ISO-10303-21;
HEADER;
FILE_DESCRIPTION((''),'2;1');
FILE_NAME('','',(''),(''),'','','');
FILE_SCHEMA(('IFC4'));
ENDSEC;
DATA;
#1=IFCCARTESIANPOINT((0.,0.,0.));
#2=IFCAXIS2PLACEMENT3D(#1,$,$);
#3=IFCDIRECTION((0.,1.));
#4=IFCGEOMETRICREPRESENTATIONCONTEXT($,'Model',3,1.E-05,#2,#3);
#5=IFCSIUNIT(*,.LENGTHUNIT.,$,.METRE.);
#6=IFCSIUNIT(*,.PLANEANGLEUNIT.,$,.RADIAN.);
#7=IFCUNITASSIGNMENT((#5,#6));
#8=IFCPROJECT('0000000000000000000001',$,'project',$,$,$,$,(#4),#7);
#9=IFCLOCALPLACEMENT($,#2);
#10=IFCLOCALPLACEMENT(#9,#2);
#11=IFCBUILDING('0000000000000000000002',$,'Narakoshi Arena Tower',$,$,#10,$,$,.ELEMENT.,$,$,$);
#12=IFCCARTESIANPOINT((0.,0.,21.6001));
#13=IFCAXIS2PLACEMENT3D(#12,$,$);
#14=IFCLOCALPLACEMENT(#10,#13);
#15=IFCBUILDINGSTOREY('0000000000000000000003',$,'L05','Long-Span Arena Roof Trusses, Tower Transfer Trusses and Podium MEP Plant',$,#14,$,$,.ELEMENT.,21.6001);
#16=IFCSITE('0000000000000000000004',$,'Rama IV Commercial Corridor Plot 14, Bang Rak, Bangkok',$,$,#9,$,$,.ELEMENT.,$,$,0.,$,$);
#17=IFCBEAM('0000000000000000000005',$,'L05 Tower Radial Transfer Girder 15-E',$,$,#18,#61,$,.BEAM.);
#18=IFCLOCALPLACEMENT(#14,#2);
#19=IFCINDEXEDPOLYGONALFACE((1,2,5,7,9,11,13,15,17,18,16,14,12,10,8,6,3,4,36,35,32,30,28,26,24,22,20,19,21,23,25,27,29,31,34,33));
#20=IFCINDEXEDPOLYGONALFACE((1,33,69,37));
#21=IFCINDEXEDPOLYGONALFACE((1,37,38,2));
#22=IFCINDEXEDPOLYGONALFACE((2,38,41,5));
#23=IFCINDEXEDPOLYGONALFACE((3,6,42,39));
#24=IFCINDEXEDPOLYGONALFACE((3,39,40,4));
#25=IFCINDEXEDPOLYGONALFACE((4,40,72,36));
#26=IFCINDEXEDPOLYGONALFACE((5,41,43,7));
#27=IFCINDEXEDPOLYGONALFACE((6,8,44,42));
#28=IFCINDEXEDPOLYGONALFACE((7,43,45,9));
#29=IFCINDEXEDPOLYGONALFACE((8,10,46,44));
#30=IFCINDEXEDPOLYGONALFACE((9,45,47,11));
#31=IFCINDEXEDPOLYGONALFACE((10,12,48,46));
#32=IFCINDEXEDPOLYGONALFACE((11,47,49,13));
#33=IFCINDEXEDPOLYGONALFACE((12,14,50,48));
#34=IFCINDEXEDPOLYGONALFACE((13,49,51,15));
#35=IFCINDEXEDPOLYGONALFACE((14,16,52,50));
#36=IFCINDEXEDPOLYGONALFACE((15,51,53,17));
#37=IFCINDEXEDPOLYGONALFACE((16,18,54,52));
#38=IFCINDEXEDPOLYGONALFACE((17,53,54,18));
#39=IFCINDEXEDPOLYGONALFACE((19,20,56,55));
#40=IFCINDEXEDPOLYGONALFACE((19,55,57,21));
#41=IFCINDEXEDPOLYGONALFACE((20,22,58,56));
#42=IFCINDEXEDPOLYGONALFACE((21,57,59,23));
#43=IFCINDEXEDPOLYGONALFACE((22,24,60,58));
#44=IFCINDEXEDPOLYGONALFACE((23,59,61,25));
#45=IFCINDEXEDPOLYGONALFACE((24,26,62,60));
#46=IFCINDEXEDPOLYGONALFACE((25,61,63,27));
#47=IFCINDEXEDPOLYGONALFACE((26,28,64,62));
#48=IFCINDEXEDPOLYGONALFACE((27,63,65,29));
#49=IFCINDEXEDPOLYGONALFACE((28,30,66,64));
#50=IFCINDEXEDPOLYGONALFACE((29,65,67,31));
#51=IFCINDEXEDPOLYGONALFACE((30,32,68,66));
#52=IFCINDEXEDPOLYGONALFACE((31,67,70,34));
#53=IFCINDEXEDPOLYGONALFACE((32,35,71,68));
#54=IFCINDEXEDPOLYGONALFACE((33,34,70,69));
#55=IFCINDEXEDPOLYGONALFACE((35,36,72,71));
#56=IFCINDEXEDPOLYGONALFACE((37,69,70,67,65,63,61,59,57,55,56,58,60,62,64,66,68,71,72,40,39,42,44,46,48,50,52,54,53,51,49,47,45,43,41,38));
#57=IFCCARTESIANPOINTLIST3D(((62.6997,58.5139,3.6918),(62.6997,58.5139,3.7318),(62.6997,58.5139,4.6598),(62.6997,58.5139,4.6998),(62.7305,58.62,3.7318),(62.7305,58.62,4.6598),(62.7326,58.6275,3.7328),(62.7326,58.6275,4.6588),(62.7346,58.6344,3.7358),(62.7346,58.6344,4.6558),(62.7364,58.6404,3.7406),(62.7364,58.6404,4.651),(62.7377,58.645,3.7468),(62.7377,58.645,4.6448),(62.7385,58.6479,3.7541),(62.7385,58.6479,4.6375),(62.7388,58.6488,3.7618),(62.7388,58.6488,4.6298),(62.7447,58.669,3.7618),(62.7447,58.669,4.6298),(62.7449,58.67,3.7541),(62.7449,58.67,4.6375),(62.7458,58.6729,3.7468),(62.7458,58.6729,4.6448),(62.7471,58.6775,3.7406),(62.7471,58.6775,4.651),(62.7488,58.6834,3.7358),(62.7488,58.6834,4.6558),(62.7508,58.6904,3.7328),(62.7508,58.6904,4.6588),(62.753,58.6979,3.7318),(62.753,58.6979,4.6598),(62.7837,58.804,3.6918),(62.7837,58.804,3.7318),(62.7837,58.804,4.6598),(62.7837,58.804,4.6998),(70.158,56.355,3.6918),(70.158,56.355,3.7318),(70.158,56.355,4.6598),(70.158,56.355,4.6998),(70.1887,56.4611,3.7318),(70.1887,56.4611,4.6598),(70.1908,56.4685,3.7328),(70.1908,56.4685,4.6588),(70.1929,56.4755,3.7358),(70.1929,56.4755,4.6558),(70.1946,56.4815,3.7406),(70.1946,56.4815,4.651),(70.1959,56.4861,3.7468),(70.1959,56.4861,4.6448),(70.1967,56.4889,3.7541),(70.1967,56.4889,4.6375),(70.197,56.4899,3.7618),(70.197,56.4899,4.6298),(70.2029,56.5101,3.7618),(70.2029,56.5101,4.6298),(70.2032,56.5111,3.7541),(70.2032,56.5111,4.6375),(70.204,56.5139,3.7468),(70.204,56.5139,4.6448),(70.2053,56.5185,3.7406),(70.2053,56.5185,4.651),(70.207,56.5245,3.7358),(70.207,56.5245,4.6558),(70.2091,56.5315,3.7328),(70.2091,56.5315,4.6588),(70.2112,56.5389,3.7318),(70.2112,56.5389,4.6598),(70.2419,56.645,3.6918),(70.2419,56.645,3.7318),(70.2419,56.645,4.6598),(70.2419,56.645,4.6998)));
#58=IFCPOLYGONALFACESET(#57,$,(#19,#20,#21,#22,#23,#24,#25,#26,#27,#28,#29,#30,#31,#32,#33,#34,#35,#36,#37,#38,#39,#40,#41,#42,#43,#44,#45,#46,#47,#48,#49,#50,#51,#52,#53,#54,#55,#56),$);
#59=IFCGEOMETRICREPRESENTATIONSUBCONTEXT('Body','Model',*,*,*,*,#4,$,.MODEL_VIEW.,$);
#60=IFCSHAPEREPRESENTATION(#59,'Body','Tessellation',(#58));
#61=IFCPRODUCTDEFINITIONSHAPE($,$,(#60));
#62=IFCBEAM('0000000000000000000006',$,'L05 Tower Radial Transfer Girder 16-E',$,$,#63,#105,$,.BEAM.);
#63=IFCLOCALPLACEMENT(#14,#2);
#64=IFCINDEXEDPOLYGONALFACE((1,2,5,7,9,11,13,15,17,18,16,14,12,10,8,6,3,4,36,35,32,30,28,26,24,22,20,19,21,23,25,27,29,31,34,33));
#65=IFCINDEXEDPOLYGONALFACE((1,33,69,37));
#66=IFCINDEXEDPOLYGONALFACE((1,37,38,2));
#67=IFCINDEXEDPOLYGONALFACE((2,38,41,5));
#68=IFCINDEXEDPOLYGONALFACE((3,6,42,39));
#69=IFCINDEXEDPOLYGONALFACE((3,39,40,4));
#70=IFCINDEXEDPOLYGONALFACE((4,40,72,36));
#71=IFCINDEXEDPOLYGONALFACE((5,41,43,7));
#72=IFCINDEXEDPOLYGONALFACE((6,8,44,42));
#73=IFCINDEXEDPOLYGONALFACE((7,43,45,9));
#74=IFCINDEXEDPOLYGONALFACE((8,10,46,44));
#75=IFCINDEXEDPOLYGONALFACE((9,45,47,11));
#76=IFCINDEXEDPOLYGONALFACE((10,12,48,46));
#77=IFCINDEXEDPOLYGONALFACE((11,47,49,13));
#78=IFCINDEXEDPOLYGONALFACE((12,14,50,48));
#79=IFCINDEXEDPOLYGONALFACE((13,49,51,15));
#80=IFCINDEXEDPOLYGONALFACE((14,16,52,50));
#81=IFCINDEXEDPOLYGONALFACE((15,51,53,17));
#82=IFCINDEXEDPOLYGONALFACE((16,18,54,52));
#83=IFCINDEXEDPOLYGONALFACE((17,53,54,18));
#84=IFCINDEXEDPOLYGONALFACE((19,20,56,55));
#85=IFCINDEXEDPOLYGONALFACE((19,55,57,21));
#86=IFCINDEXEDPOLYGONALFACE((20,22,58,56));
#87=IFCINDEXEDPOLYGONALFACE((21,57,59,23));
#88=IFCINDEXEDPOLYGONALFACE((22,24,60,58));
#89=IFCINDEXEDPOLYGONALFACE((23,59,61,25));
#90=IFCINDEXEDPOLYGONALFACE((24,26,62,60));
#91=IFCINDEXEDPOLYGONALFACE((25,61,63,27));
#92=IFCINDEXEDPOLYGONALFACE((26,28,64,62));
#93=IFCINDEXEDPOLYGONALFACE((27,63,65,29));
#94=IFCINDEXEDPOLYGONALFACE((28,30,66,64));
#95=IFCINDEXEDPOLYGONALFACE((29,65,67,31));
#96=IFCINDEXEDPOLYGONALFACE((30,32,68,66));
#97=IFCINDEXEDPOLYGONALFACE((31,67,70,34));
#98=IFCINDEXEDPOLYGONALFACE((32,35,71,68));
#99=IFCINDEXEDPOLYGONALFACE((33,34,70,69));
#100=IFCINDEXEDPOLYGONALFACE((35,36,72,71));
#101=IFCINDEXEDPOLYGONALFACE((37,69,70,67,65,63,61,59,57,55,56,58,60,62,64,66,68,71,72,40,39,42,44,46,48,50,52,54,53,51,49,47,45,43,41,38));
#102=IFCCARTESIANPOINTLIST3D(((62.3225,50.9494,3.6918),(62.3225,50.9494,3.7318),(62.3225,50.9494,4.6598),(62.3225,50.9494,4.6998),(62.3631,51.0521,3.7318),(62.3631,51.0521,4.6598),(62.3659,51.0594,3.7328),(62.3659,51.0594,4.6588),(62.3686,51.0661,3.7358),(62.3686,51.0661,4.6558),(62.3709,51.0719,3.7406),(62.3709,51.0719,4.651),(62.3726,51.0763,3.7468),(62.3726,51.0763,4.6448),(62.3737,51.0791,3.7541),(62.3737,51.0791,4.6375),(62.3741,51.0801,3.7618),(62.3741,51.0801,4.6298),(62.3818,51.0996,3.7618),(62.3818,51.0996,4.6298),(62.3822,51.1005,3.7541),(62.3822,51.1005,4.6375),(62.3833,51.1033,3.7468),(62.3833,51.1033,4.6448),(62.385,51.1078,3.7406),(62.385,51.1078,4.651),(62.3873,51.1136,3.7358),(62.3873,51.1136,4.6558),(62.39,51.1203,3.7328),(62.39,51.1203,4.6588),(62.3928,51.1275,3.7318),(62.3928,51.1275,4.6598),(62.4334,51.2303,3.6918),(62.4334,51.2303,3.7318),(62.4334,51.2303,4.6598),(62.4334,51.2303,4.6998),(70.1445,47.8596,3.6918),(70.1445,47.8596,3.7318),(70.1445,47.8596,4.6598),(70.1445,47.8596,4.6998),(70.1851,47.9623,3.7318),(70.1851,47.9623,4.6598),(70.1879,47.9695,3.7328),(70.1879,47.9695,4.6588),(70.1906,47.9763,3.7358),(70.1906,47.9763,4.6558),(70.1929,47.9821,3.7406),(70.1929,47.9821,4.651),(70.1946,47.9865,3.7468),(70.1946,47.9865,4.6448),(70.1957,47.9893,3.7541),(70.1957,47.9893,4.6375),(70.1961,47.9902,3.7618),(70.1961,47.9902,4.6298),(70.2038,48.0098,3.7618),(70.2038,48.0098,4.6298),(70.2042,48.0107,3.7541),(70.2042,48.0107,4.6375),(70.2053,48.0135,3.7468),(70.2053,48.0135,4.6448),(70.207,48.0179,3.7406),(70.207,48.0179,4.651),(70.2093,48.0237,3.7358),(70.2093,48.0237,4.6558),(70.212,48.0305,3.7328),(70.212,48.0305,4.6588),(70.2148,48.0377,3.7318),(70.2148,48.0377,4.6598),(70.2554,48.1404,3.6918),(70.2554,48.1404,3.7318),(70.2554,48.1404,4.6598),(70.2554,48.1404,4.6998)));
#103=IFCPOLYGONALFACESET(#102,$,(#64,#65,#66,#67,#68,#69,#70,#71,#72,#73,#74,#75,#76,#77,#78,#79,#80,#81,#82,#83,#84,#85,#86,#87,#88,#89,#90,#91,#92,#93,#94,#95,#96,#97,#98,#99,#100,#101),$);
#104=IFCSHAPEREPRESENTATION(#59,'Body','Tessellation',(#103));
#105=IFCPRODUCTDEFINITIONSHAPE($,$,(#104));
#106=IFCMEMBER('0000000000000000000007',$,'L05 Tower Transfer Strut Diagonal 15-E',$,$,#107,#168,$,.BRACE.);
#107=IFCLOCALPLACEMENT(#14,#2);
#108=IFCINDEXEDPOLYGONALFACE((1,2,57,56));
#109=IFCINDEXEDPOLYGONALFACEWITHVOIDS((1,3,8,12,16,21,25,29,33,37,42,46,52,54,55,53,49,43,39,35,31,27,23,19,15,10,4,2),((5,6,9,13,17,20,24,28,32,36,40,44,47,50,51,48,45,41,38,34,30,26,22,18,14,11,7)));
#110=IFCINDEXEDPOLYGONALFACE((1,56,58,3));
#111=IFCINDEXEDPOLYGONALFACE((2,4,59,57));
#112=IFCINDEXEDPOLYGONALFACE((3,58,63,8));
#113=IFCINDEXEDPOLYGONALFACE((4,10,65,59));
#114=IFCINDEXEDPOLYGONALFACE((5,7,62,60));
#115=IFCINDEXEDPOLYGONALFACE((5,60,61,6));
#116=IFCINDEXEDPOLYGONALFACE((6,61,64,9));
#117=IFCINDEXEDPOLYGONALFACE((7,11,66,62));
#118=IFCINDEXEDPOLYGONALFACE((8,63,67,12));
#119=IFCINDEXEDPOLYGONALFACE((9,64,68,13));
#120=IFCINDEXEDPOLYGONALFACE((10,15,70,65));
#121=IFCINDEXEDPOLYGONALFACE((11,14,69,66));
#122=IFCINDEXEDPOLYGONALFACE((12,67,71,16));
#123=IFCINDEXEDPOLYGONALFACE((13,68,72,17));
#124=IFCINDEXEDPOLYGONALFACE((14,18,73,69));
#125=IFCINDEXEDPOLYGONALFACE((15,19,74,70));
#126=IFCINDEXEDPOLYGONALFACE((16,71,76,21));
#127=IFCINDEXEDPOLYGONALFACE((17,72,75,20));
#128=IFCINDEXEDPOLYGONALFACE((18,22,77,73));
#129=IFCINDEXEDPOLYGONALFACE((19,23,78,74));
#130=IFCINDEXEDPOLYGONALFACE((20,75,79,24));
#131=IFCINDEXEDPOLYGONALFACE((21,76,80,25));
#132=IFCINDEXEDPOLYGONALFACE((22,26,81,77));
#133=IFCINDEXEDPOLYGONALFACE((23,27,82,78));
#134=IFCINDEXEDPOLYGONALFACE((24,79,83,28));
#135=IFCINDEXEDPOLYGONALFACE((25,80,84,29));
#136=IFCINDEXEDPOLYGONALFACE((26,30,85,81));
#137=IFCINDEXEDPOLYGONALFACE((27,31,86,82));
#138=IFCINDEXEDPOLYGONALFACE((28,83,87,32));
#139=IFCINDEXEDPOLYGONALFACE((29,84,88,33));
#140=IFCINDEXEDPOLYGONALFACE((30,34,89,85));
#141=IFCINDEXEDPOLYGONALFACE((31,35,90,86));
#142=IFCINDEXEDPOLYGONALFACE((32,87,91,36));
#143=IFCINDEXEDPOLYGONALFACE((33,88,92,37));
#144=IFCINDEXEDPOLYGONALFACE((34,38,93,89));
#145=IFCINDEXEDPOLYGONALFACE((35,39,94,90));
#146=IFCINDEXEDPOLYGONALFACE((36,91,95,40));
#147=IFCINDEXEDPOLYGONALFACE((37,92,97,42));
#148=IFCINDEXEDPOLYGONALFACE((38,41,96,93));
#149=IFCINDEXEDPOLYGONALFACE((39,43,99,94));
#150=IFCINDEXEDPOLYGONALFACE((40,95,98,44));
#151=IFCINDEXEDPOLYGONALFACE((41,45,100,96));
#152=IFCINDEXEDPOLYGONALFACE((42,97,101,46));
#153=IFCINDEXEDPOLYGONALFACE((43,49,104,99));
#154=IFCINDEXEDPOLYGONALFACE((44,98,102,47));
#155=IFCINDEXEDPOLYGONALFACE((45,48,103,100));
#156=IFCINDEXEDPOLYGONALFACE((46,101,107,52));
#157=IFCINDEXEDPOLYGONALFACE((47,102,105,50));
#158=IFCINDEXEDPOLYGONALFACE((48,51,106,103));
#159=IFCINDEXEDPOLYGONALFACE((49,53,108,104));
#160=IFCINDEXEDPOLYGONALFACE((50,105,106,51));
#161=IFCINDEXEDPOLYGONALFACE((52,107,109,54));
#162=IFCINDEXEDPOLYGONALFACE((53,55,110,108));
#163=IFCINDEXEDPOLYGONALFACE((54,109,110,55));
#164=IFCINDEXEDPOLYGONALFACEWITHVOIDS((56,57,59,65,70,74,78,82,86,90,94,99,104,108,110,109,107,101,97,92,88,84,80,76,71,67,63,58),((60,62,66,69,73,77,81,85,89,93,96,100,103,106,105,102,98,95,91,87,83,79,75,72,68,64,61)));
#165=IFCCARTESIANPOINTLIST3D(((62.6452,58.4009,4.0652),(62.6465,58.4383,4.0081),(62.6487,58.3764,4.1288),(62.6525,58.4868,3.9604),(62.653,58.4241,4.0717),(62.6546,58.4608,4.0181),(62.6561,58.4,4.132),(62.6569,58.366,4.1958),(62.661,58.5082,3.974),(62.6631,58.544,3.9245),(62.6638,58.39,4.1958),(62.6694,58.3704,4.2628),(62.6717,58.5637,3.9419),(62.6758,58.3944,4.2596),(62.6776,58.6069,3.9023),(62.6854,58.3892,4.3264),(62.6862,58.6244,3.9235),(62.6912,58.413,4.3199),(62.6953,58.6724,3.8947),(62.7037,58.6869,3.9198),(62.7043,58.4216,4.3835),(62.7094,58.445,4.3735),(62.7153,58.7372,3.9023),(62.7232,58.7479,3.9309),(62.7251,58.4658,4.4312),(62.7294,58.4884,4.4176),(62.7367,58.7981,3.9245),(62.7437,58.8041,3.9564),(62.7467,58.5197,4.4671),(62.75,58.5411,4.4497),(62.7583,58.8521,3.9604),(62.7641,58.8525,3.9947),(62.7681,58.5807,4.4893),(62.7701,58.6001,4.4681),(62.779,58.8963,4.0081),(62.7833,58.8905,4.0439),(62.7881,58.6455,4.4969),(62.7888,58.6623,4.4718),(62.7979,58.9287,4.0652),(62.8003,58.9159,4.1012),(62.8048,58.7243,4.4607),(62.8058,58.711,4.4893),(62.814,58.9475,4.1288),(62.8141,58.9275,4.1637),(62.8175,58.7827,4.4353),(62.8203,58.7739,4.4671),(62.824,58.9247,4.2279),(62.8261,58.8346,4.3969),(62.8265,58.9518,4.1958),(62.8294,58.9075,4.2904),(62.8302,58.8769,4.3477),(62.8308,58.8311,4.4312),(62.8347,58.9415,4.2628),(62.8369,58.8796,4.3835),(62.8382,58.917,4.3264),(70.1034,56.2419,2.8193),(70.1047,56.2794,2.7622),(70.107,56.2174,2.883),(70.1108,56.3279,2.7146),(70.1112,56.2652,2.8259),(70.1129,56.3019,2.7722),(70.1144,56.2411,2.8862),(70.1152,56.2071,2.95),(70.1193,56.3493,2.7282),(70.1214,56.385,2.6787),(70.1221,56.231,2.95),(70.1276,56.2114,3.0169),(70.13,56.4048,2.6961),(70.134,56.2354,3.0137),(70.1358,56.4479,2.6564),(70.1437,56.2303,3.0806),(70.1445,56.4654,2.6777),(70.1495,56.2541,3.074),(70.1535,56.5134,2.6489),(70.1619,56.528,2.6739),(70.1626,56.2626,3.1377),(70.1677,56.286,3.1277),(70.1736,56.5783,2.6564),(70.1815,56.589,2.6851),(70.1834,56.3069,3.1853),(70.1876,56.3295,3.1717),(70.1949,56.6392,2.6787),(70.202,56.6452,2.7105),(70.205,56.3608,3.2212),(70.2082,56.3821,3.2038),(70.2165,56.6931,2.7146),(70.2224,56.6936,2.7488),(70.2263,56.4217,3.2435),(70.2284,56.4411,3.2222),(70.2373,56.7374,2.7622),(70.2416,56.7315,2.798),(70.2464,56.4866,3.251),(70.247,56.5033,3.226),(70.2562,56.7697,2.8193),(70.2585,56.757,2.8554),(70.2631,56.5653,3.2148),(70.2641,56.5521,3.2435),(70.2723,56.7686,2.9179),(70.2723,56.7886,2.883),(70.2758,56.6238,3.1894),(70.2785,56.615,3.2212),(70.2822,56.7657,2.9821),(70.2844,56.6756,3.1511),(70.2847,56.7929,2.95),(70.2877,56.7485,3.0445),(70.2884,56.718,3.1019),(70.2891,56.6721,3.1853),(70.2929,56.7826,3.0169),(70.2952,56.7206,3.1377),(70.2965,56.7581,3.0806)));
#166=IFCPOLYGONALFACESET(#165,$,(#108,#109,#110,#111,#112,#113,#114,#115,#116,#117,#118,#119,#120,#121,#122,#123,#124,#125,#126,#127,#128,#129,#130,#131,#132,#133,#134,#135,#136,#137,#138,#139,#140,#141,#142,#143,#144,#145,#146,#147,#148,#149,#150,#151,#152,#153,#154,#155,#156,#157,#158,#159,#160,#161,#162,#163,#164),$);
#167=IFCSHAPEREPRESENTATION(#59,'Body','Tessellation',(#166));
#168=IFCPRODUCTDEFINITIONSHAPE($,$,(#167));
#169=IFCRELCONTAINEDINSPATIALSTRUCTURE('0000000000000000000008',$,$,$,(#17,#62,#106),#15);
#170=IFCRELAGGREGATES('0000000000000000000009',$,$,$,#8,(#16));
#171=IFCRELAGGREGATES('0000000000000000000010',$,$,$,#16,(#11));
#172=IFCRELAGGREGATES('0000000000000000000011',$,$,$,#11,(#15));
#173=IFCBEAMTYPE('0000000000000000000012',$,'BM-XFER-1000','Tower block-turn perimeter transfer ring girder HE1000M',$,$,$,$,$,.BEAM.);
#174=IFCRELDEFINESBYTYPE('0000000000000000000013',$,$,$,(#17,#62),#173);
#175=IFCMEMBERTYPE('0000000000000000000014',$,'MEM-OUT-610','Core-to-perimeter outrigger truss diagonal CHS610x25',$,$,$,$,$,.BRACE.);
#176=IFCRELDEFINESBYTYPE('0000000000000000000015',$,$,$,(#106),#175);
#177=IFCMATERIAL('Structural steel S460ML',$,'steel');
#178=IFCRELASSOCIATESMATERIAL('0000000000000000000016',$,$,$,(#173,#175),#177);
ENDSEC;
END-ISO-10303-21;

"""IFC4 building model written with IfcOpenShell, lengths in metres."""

from ifc_helpers import new_model, si_unit, direction, frame, origin, origin_2d, place, context, subcontext, project, spatial, hollow_circle, i_section, extrude, material, material_profile, profile_set, type_object, element, save


model = new_model("IFC4")

# Units and contexts
model_context = context("Model", 3, precision=1e-05, world=origin(), true_north=direction((0.0, 1.0)))
body_context = subcontext(model_context, "Body", "Model", "MODEL_VIEW")
ifc_project = project(units=[si_unit("LENGTHUNIT", "METRE"), si_unit("PLANEANGLEUNIT", "RADIAN")], contexts=[model_context])

# Site, building, storey
site_placement = place(None, origin())
site = spatial("IfcSite", under=ifc_project, at=site_placement, Name="Rama IV Commercial Corridor Plot 14, Bang Rak, Bangkok", CompositionType="ELEMENT", RefElevation=0.0)
building_placement = place(site_placement, origin())
building = spatial("IfcBuilding", under=site, at=building_placement, Name="Narakoshi Arena Tower", CompositionType="ELEMENT")
storey_placement = place(building_placement, frame((0.0, 0.0, 21.6001)))
storey = spatial("IfcBuildingStorey", under=building, at=storey_placement, Name="L05", Description="Long-Span Arena Roof Trusses, Tower Transfer Trusses and Podium MEP Plant", CompositionType="ELEMENT", Elevation=21.6001)

# Beams
ifc_material_1 = material(Name="Structural steel S460ML", Category="steel")
ifc_material_profile_1 = material_profile(ifc_material_1, i_section(OverallWidth=0.302, OverallDepth=1.0081, WebThickness=0.021, FlangeThickness=0.04, FilletRadius=0.03, at=origin_2d()), Name="HE1000M")
ifc_profile_set_1 = profile_set([ifc_material_profile_1], Name="Structural steel S460ML")
beam_type_1 = type_object("IfcBeamType", Name="BM-XFER-1000", Description="Tower block-turn perimeter transfer ring girder HE1000M", PredefinedType="BEAM", material=ifc_profile_set_1)
beam_1_placement = place(storey_placement, frame((70.2, 56.5, 4.1958), z_axis=(-0.960565, 0.278054, 0.0), x_axis=(-0.278054, -0.960565, 0.0)))
element("IfcBeam", 1, at=beam_1_placement, inside=storey, type_object=beam_type_1, Name="L05 Tower Radial Transfer Girder 15-E", PredefinedType="BEAM", context=body_context, shape_type="SweptSolid", body=[
    extrude(i_section(OverallWidth=0.302, OverallDepth=1.0081, WebThickness=0.021, FlangeThickness=0.04, FilletRadius=0.03, at=origin_2d()), origin(), (0.0, 0.0, 1.0), 7.7644),
])
beam_2_placement = place(storey_placement, frame((70.2, 48.0, 4.1958), z_axis=(-0.930066, 0.367393, 0.0), x_axis=(-0.367393, -0.930066, 0.0)))
element("IfcBeam", 2, at=beam_2_placement, inside=storey, type_object=beam_type_1, Name="L05 Tower Radial Transfer Girder 16-E", PredefinedType="BEAM", context=body_context, shape_type="SweptSolid", body=[
    extrude(i_section(OverallWidth=0.302, OverallDepth=1.0081, WebThickness=0.021, FlangeThickness=0.04, FilletRadius=0.03, at=origin_2d()), origin(), (0.0, 0.0, 1.0), 8.4102),
])

# Member
ifc_material_profile_2 = material_profile(ifc_material_1, hollow_circle(Radius=0.3049, WallThickness=0.0249, at=origin_2d()), Name="CHS610x25")
ifc_profile_set_2 = profile_set([ifc_material_profile_2], Name="Structural steel S460ML")
member_type = type_object("IfcMemberType", Name="MEM-OUT-610", Description="Core-to-perimeter outrigger truss diagonal CHS610x25", PredefinedType="BRACE", material=ifc_profile_set_2)
member_1_placement = place(storey_placement, frame((70.2, 56.5, 2.95), z_axis=(-0.948434, 0.274543, 0.158429), x_axis=(-0.278054, -0.960565, 0.0)))
element("IfcMember", 3, at=member_1_placement, inside=storey, type_object=member_type, Name="L05 Tower Transfer Strut Diagonal 15-E", PredefinedType="BRACE", context=body_context, shape_type="SweptSolid", body=[
    extrude(hollow_circle(Radius=0.3049, WallThickness=0.0249, at=origin_2d()), origin(), (0.0, 0.0, 1.0), 7.8638),
])

save(model, "model.ifc")
